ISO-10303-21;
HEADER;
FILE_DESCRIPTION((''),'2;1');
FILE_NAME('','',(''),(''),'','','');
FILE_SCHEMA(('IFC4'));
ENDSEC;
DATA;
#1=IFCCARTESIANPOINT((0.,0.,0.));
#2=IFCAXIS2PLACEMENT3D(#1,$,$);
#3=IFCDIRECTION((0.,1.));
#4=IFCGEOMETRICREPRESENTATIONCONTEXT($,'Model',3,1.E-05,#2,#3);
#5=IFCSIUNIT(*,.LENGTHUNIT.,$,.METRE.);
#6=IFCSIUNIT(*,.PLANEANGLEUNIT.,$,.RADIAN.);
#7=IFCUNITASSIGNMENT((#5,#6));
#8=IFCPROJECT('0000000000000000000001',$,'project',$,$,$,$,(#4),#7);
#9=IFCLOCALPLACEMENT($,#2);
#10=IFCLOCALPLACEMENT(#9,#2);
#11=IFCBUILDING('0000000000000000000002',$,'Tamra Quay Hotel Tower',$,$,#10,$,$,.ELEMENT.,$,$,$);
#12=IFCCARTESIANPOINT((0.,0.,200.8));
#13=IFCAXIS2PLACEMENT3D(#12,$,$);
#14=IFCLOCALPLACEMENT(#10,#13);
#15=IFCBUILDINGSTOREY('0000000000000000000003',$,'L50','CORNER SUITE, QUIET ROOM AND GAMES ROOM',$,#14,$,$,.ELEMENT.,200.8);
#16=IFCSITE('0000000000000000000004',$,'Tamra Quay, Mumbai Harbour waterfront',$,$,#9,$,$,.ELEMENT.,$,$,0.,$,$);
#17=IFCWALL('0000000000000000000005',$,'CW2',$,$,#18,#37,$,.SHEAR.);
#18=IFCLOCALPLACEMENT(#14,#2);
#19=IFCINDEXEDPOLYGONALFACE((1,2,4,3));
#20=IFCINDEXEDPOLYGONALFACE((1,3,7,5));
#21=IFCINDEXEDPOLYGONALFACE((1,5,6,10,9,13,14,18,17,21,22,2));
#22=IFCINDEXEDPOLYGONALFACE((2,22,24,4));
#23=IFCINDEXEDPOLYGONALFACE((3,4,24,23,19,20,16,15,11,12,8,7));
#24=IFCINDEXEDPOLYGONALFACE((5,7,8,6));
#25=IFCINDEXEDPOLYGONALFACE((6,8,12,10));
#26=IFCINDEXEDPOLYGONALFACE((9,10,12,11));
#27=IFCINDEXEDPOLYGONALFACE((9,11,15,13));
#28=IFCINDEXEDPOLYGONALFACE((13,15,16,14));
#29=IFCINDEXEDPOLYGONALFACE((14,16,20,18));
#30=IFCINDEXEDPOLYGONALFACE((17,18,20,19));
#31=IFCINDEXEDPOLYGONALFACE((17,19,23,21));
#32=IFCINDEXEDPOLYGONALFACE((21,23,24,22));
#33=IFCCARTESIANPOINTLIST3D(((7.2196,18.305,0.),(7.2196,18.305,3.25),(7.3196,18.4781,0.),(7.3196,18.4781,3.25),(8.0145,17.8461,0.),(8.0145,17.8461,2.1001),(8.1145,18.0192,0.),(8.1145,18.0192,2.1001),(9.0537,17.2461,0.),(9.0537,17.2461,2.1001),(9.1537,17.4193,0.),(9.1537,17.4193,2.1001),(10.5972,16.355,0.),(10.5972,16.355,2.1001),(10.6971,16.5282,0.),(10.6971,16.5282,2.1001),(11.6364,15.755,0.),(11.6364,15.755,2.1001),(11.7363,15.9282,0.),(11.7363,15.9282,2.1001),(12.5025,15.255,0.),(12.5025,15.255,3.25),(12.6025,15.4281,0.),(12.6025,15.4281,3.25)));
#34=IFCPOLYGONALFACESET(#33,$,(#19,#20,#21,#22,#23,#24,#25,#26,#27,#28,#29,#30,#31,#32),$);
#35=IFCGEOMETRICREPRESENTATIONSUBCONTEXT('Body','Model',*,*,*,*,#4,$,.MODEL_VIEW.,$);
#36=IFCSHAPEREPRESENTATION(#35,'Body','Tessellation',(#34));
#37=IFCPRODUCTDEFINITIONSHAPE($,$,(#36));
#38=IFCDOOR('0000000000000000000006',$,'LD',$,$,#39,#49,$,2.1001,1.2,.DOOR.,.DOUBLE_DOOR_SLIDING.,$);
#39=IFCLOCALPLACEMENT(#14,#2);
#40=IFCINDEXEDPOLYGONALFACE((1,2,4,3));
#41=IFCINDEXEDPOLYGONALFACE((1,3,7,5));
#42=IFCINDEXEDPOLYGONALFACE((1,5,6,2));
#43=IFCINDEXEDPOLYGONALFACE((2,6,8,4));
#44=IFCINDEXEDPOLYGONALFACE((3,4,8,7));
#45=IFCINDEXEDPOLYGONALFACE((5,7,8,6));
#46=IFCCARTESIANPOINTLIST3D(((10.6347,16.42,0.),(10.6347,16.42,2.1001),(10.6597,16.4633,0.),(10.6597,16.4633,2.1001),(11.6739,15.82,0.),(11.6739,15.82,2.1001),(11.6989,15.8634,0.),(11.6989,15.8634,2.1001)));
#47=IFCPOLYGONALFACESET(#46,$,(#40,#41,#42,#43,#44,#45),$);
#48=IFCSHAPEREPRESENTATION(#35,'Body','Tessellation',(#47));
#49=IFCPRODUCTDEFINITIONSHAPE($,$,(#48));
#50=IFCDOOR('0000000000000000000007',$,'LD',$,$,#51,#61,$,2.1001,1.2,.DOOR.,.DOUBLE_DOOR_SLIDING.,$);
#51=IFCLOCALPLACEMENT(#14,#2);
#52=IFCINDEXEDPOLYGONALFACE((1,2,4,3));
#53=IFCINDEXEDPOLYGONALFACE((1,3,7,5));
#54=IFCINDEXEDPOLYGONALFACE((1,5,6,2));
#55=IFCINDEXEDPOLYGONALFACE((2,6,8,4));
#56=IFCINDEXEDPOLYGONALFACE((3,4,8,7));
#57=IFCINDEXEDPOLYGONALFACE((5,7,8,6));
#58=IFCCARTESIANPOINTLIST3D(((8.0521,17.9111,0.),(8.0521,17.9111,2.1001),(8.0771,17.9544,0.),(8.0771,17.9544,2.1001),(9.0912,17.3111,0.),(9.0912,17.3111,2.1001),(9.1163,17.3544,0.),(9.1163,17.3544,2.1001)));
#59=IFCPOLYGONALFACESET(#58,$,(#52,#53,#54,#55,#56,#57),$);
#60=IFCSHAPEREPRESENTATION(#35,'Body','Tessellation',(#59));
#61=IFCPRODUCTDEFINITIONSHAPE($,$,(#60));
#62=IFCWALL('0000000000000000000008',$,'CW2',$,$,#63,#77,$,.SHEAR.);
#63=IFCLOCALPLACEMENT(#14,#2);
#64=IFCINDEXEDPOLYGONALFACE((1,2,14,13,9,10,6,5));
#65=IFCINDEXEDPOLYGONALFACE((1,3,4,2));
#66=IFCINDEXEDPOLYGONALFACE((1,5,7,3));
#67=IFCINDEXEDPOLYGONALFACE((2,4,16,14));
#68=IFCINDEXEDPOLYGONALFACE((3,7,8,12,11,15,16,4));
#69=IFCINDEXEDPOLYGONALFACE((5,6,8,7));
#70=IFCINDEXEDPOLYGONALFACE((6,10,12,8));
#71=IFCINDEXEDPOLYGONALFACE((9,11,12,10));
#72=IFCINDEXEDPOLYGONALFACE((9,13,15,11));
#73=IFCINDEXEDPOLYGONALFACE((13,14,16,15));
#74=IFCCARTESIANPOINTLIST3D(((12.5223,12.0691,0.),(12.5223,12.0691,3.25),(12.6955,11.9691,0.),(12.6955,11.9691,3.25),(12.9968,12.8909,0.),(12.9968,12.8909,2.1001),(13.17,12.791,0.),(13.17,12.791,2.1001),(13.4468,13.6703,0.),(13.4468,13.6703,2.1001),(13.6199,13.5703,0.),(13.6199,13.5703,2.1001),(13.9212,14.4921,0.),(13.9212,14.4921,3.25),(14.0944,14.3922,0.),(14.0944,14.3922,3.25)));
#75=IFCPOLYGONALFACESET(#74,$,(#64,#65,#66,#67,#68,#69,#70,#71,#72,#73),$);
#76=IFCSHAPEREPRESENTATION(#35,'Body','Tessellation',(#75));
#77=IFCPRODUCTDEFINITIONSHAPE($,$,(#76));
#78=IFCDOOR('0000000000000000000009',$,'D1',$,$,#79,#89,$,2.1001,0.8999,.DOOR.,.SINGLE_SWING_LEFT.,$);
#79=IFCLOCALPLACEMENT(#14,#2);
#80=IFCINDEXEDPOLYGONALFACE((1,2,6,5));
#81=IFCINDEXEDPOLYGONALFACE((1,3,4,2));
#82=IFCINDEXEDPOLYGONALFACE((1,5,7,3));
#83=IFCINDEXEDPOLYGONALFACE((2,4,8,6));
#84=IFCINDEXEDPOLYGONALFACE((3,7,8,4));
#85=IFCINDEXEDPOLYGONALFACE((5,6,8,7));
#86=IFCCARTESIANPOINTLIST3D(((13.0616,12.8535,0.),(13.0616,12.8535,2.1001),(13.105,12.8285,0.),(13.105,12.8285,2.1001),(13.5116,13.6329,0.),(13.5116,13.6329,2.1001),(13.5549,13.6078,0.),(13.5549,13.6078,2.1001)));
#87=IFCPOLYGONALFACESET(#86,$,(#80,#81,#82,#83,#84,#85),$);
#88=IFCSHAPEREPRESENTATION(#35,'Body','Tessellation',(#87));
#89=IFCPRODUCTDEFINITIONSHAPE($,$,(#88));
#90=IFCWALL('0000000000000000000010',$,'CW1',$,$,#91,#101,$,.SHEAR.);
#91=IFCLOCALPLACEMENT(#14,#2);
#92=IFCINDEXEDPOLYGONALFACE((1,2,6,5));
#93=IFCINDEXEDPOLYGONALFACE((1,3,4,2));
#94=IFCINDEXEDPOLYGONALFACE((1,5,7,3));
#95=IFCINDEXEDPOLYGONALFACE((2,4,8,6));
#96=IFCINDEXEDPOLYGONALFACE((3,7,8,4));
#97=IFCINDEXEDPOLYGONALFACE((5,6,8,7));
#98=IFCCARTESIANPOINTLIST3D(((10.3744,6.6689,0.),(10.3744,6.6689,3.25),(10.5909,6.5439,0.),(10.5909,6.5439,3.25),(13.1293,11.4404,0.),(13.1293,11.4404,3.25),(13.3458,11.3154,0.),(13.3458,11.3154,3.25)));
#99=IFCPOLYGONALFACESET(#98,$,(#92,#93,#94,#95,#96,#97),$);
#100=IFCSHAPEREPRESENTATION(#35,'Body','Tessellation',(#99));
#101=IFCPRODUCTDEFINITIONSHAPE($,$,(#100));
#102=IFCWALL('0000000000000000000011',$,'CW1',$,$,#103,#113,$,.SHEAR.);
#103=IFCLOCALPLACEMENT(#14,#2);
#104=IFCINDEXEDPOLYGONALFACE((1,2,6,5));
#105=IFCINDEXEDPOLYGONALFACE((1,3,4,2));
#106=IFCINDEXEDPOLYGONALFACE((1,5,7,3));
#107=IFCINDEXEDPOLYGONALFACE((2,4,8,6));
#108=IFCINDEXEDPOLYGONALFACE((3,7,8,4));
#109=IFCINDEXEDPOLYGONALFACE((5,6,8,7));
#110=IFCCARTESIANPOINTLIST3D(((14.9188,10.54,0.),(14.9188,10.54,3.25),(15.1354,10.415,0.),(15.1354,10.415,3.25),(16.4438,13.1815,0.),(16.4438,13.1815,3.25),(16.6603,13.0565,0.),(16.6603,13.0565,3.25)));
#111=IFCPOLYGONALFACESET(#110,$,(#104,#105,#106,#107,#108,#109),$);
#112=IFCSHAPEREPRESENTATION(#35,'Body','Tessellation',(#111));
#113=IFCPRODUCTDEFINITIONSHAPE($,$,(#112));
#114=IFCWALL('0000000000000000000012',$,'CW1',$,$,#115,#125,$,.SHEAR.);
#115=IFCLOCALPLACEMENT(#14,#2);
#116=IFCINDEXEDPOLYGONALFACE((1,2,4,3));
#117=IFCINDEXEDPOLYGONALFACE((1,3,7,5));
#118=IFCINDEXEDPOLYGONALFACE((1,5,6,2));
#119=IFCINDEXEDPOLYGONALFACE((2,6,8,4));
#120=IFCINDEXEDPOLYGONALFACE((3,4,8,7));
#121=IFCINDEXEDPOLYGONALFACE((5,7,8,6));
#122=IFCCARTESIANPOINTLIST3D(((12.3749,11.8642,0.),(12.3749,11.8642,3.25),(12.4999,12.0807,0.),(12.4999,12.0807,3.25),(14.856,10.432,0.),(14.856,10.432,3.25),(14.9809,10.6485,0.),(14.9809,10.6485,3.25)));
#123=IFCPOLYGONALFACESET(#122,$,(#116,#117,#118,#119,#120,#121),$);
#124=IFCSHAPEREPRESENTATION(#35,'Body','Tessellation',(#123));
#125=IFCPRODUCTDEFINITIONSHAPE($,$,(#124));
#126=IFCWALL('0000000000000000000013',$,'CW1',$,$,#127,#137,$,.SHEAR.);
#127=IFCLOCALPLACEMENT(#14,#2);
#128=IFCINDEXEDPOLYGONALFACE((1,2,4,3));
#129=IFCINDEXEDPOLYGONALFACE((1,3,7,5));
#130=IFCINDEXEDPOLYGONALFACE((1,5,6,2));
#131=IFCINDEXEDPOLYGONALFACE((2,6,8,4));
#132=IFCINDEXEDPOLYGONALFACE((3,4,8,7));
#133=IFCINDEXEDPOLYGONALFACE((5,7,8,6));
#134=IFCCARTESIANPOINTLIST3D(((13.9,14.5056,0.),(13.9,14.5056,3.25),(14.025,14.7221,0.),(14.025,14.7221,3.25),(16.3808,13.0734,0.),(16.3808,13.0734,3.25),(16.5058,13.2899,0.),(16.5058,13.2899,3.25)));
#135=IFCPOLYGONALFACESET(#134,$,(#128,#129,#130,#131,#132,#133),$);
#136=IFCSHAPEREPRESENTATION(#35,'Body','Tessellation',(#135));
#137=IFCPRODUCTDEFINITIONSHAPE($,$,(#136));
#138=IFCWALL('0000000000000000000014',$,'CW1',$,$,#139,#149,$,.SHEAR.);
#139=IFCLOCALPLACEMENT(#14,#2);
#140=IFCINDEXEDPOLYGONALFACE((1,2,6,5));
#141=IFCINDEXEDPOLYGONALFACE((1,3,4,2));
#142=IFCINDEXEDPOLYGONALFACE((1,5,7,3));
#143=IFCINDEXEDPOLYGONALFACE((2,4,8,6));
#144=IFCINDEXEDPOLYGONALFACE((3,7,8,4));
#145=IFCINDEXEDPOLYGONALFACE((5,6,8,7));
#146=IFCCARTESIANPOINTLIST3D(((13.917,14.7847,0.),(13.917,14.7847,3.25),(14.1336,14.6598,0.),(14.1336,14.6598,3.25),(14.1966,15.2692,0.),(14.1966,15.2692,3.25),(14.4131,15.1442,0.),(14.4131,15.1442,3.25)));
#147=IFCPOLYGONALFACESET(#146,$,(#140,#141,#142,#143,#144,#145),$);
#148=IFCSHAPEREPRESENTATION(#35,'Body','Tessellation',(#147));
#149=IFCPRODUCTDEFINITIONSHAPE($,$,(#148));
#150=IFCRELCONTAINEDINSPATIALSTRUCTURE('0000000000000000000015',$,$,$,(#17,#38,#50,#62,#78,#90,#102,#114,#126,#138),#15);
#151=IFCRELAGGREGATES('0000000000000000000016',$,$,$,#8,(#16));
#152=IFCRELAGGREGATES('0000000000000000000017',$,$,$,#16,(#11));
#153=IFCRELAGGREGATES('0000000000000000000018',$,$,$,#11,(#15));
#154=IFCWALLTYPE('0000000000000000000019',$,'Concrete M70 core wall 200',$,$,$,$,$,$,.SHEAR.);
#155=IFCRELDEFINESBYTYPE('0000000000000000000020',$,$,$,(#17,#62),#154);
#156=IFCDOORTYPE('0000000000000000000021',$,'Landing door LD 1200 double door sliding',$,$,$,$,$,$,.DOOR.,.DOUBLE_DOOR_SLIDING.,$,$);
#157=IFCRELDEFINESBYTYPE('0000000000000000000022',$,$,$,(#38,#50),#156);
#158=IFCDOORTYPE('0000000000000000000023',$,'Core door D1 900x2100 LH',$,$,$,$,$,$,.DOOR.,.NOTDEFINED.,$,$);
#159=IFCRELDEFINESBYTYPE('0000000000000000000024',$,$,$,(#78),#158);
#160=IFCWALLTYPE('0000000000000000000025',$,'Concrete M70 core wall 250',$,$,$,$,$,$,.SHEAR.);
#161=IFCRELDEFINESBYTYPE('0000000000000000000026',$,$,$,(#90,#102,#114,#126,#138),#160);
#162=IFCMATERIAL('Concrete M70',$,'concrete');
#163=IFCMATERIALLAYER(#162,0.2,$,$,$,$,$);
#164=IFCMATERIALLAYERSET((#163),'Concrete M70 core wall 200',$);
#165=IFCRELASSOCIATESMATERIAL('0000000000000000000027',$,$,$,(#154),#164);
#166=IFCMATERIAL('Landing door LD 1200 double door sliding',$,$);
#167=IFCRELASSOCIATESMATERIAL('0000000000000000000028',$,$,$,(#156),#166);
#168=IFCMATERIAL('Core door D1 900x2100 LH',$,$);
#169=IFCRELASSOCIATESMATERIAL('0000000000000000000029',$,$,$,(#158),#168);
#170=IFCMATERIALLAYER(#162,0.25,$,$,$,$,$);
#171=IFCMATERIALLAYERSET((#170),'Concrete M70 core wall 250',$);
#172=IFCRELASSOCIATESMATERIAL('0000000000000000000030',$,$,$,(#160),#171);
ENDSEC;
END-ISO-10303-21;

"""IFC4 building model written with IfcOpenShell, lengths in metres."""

from ifc_helpers import new_model, si_unit, direction, frame, frame_2d, origin, place, context, subcontext, project, spatial, rectangle, extrude, material, layer, layer_set, type_object, element, fill, save


model = new_model("IFC4")

# Units and contexts
model_context = context("Model", 3, precision=1e-05, world=origin(), true_north=direction((0.0, 1.0)))
body_context = subcontext(model_context, "Body", "Model", "MODEL_VIEW")
ifc_project = project(units=[si_unit("LENGTHUNIT", "METRE"), si_unit("PLANEANGLEUNIT", "RADIAN")], contexts=[model_context])

# Site, building, storey
site_placement = place(None, origin())
site = spatial("IfcSite", under=ifc_project, at=site_placement, Name="Tamra Quay, Mumbai Harbour waterfront", CompositionType="ELEMENT", RefElevation=0.0)
building_placement = place(site_placement, origin())
building = spatial("IfcBuilding", under=site, at=building_placement, Name="Tamra Quay Hotel Tower", CompositionType="ELEMENT")
storey_placement = place(building_placement, frame((0.0, 0.0, 200.8)))
storey = spatial("IfcBuildingStorey", under=building, at=storey_placement, Name="L50", Description="CORNER SUITE, QUIET ROOM AND GAMES ROOM", CompositionType="ELEMENT", Elevation=200.8)

# Shared definitions
ifc_material_1 = material(Name="Concrete M70", Category="concrete")

# Wall, openings, doors
ifc_layer_1 = layer(ifc_material_1, 0.2)
ifc_layer_set_1 = layer_set([ifc_layer_1], Name="Concrete M70 core wall 200")
wall_type_1 = type_object("IfcWallType", Name="Concrete M70 core wall 200", PredefinedType="SHEAR", material=ifc_layer_set_1)
wall_1_placement = place(storey_placement, frame((12.5525, 15.3416, 0.0), z_axis=(0.0, 0.0, 1.0), x_axis=(-0.86603, 0.499992, 0.0)))
wall_1 = element("IfcWall", 1, at=wall_1_placement, inside=storey, type_object=wall_type_1, Name="CW2", PredefinedType="SHEAR", context=body_context, shape_type="SweptSolid", body=[
    extrude(rectangle(XDim=6.1001, YDim=0.2, at=frame_2d((3.05, 0.0))), origin(), (0.0, 0.0, 1.0), 3.25),
])
opening_1_placement = place(wall_1_placement, frame((1.0, 0.0, 0.0)))
opening_1 = element("IfcOpeningElement", 2, at=opening_1_placement, cuts=wall_1, PredefinedType="OPENING", context=body_context, shape_type="SweptSolid", body=[
    extrude(rectangle(XDim=1.2, YDim=2.1001, at=frame_2d((0.6001, 1.05))), frame((0.0, 0.1099, 0.0), z_axis=(0.0, -1.0, 0.0), x_axis=(1.0, 0.0, 0.0)), (0.0, 0.0, 1.0), 0.22),
])
opening_2_placement = place(wall_1_placement, frame((3.9822, 0.0, 0.0)))
opening_2 = element("IfcOpeningElement", 3, at=opening_2_placement, cuts=wall_1, PredefinedType="OPENING", context=body_context, shape_type="SweptSolid", body=[
    extrude(rectangle(XDim=1.2, YDim=2.1001, at=frame_2d((0.6001, 1.05))), frame((0.0, 0.1099, 0.0), z_axis=(0.0, -1.0, 0.0), x_axis=(1.0, 0.0, 0.0)), (0.0, 0.0, 1.0), 0.22),
])
ifc_material_2 = material(Name="Landing door LD 1200 double door sliding")
door_type_1 = type_object("IfcDoorType", Name="Landing door LD 1200 double door sliding", OperationType="DOUBLE_DOOR_SLIDING", PredefinedType="DOOR", material=ifc_material_2)
door_1_placement = place(opening_1_placement, origin())
door_1 = element("IfcDoor", 4, at=door_1_placement, inside=storey, type_object=door_type_1, Name="LD", OperationType="DOUBLE_DOOR_SLIDING", OverallHeight=2.1001, OverallWidth=1.2, PredefinedType="DOOR", context=body_context, shape_type="SweptSolid", body=[
    extrude(rectangle(XDim=1.2, YDim=2.1001, at=frame_2d((0.6001, 1.05))), frame((0.0, 0.0249, 0.0), z_axis=(0.0, -1.0, 0.0), x_axis=(1.0, 0.0, 0.0)), (0.0, 0.0, 1.0), 0.05),
])
fill(opening_1, door_1)
door_2_placement = place(opening_2_placement, origin())
door_2 = element("IfcDoor", 5, at=door_2_placement, inside=storey, type_object=door_type_1, Name="LD", OperationType="DOUBLE_DOOR_SLIDING", OverallHeight=2.1001, OverallWidth=1.2, PredefinedType="DOOR", context=body_context, shape_type="SweptSolid", body=[
    extrude(rectangle(XDim=1.2, YDim=2.1001, at=frame_2d((0.6001, 1.05))), frame((0.0, 0.0249, 0.0), z_axis=(0.0, -1.0, 0.0), x_axis=(1.0, 0.0, 0.0)), (0.0, 0.0, 1.0), 0.05),
])
fill(opening_2, door_2)

# Wall, opening, door
wall_2_placement = place(storey_placement, frame((14.0078, 14.4421, 0.0), z_axis=(0.0, 0.0, 1.0), x_axis=(-0.499987, -0.866033, 0.0)))
wall_2 = element("IfcWall", 6, at=wall_2_placement, inside=storey, type_object=wall_type_1, Name="CW2", PredefinedType="SHEAR", context=body_context, shape_type="SweptSolid", body=[
    extrude(rectangle(XDim=2.7979, YDim=0.2, at=frame_2d((1.3989, 0.0))), origin(), (0.0, 0.0, 1.0), 3.25),
])
opening_3_placement = place(wall_2_placement, frame((0.949, 0.0, 0.0)))
opening_3 = element("IfcOpeningElement", 7, at=opening_3_placement, cuts=wall_2, PredefinedType="OPENING", context=body_context, shape_type="SweptSolid", body=[
    extrude(rectangle(XDim=0.8999, YDim=2.1001, at=frame_2d((0.45, 1.05))), frame((0.0, 0.1099, 0.0), z_axis=(0.0, -1.0, 0.0), x_axis=(1.0, 0.0, 0.0)), (0.0, 0.0, 1.0), 0.22),
])
ifc_material_3 = material(Name="Core door D1 900x2100 LH")
door_type_2 = type_object("IfcDoorType", Name="Core door D1 900x2100 LH", OperationType="NOTDEFINED", PredefinedType="DOOR", material=ifc_material_3)
door_3_placement = place(opening_3_placement, origin())
door_3 = element("IfcDoor", 8, at=door_3_placement, inside=storey, type_object=door_type_2, Name="D1", OperationType="SINGLE_SWING_LEFT", OverallHeight=2.1001, OverallWidth=0.8999, PredefinedType="DOOR", context=body_context, shape_type="SweptSolid", body=[
    extrude(rectangle(XDim=0.8999, YDim=2.1001, at=frame_2d((0.45, 1.05))), frame((0.0, 0.0249, 0.0), z_axis=(0.0, -1.0, 0.0), x_axis=(1.0, 0.0, 0.0)), (0.0, 0.0, 1.0), 0.05),
])
fill(opening_3, door_3)

# Walls
ifc_layer_2 = layer(ifc_material_1, 0.25)
ifc_layer_set_2 = layer_set([ifc_layer_2], Name="Concrete M70 core wall 250")
wall_type_2 = type_object("IfcWallType", Name="Concrete M70 core wall 250", PredefinedType="SHEAR", material=ifc_layer_set_2)
wall_3_placement = place(storey_placement, frame((13.2375, 11.3779, 0.0), z_axis=(0.0, 0.0, 1.0), x_axis=(-0.500009, -0.86602, 0.0)))
element("IfcWall", 9, at=wall_3_placement, inside=storey, type_object=wall_type_2, Name="CW1", PredefinedType="SHEAR", context=body_context, shape_type="SweptSolid", body=[
    extrude(rectangle(XDim=5.5098, YDim=0.25, at=frame_2d((2.7549, 0.0))), origin(), (0.0, 0.0, 1.0), 3.25),
])
wall_4_placement = place(storey_placement, frame((16.552, 13.1189, 0.0), z_axis=(0.0, 0.0, 1.0), x_axis=(-0.499979, -0.866038, 0.0)))
element("IfcWall", 10, at=wall_4_placement, inside=storey, type_object=wall_type_2, Name="CW1", PredefinedType="SHEAR", context=body_context, shape_type="SweptSolid", body=[
    extrude(rectangle(XDim=3.05, YDim=0.25, at=frame_2d((1.5249, 0.0))), origin(), (0.0, 0.0, 1.0), 3.25),
])
wall_5_placement = place(storey_placement, frame((14.9185, 10.5403, 0.0), z_axis=(0.0, 0.0, 1.0), x_axis=(-0.866064, 0.499934, 0.0)))
element("IfcWall", 11, at=wall_5_placement, inside=storey, type_object=wall_type_2, Name="CW1", PredefinedType="SHEAR", context=body_context, shape_type="SweptSolid", body=[
    extrude(rectangle(XDim=2.8647, YDim=0.25, at=frame_2d((1.4324, 0.0))), origin(), (0.0, 0.0, 1.0), 3.25),
])
wall_6_placement = place(storey_placement, frame((13.9626, 14.6138, 0.0), z_axis=(0.0, 0.0, 1.0), x_axis=(0.866042, -0.499971, 0.0)))
element("IfcWall", 12, at=wall_6_placement, inside=storey, type_object=wall_type_2, Name="CW1", PredefinedType="SHEAR", context=body_context, shape_type="SweptSolid", body=[
    extrude(rectangle(XDim=2.8645, YDim=0.25, at=frame_2d((1.4321, 0.0))), origin(), (0.0, 0.0, 1.0), 3.25),
])
wall_7_placement = place(storey_placement, frame((14.3049, 15.2068, 0.0), z_axis=(0.0, 0.0, 1.0), x_axis=(-0.499848, -0.866113, 0.0)))
element("IfcWall", 13, at=wall_7_placement, inside=storey, type_object=wall_type_2, Name="CW1", PredefinedType="SHEAR", context=body_context, shape_type="SweptSolid", body=[
    extrude(rectangle(XDim=0.5593, YDim=0.25, at=frame_2d((0.2798, 0.0))), origin(), (0.0, 0.0, 1.0), 3.25),
])

save(model, "model.ifc")
